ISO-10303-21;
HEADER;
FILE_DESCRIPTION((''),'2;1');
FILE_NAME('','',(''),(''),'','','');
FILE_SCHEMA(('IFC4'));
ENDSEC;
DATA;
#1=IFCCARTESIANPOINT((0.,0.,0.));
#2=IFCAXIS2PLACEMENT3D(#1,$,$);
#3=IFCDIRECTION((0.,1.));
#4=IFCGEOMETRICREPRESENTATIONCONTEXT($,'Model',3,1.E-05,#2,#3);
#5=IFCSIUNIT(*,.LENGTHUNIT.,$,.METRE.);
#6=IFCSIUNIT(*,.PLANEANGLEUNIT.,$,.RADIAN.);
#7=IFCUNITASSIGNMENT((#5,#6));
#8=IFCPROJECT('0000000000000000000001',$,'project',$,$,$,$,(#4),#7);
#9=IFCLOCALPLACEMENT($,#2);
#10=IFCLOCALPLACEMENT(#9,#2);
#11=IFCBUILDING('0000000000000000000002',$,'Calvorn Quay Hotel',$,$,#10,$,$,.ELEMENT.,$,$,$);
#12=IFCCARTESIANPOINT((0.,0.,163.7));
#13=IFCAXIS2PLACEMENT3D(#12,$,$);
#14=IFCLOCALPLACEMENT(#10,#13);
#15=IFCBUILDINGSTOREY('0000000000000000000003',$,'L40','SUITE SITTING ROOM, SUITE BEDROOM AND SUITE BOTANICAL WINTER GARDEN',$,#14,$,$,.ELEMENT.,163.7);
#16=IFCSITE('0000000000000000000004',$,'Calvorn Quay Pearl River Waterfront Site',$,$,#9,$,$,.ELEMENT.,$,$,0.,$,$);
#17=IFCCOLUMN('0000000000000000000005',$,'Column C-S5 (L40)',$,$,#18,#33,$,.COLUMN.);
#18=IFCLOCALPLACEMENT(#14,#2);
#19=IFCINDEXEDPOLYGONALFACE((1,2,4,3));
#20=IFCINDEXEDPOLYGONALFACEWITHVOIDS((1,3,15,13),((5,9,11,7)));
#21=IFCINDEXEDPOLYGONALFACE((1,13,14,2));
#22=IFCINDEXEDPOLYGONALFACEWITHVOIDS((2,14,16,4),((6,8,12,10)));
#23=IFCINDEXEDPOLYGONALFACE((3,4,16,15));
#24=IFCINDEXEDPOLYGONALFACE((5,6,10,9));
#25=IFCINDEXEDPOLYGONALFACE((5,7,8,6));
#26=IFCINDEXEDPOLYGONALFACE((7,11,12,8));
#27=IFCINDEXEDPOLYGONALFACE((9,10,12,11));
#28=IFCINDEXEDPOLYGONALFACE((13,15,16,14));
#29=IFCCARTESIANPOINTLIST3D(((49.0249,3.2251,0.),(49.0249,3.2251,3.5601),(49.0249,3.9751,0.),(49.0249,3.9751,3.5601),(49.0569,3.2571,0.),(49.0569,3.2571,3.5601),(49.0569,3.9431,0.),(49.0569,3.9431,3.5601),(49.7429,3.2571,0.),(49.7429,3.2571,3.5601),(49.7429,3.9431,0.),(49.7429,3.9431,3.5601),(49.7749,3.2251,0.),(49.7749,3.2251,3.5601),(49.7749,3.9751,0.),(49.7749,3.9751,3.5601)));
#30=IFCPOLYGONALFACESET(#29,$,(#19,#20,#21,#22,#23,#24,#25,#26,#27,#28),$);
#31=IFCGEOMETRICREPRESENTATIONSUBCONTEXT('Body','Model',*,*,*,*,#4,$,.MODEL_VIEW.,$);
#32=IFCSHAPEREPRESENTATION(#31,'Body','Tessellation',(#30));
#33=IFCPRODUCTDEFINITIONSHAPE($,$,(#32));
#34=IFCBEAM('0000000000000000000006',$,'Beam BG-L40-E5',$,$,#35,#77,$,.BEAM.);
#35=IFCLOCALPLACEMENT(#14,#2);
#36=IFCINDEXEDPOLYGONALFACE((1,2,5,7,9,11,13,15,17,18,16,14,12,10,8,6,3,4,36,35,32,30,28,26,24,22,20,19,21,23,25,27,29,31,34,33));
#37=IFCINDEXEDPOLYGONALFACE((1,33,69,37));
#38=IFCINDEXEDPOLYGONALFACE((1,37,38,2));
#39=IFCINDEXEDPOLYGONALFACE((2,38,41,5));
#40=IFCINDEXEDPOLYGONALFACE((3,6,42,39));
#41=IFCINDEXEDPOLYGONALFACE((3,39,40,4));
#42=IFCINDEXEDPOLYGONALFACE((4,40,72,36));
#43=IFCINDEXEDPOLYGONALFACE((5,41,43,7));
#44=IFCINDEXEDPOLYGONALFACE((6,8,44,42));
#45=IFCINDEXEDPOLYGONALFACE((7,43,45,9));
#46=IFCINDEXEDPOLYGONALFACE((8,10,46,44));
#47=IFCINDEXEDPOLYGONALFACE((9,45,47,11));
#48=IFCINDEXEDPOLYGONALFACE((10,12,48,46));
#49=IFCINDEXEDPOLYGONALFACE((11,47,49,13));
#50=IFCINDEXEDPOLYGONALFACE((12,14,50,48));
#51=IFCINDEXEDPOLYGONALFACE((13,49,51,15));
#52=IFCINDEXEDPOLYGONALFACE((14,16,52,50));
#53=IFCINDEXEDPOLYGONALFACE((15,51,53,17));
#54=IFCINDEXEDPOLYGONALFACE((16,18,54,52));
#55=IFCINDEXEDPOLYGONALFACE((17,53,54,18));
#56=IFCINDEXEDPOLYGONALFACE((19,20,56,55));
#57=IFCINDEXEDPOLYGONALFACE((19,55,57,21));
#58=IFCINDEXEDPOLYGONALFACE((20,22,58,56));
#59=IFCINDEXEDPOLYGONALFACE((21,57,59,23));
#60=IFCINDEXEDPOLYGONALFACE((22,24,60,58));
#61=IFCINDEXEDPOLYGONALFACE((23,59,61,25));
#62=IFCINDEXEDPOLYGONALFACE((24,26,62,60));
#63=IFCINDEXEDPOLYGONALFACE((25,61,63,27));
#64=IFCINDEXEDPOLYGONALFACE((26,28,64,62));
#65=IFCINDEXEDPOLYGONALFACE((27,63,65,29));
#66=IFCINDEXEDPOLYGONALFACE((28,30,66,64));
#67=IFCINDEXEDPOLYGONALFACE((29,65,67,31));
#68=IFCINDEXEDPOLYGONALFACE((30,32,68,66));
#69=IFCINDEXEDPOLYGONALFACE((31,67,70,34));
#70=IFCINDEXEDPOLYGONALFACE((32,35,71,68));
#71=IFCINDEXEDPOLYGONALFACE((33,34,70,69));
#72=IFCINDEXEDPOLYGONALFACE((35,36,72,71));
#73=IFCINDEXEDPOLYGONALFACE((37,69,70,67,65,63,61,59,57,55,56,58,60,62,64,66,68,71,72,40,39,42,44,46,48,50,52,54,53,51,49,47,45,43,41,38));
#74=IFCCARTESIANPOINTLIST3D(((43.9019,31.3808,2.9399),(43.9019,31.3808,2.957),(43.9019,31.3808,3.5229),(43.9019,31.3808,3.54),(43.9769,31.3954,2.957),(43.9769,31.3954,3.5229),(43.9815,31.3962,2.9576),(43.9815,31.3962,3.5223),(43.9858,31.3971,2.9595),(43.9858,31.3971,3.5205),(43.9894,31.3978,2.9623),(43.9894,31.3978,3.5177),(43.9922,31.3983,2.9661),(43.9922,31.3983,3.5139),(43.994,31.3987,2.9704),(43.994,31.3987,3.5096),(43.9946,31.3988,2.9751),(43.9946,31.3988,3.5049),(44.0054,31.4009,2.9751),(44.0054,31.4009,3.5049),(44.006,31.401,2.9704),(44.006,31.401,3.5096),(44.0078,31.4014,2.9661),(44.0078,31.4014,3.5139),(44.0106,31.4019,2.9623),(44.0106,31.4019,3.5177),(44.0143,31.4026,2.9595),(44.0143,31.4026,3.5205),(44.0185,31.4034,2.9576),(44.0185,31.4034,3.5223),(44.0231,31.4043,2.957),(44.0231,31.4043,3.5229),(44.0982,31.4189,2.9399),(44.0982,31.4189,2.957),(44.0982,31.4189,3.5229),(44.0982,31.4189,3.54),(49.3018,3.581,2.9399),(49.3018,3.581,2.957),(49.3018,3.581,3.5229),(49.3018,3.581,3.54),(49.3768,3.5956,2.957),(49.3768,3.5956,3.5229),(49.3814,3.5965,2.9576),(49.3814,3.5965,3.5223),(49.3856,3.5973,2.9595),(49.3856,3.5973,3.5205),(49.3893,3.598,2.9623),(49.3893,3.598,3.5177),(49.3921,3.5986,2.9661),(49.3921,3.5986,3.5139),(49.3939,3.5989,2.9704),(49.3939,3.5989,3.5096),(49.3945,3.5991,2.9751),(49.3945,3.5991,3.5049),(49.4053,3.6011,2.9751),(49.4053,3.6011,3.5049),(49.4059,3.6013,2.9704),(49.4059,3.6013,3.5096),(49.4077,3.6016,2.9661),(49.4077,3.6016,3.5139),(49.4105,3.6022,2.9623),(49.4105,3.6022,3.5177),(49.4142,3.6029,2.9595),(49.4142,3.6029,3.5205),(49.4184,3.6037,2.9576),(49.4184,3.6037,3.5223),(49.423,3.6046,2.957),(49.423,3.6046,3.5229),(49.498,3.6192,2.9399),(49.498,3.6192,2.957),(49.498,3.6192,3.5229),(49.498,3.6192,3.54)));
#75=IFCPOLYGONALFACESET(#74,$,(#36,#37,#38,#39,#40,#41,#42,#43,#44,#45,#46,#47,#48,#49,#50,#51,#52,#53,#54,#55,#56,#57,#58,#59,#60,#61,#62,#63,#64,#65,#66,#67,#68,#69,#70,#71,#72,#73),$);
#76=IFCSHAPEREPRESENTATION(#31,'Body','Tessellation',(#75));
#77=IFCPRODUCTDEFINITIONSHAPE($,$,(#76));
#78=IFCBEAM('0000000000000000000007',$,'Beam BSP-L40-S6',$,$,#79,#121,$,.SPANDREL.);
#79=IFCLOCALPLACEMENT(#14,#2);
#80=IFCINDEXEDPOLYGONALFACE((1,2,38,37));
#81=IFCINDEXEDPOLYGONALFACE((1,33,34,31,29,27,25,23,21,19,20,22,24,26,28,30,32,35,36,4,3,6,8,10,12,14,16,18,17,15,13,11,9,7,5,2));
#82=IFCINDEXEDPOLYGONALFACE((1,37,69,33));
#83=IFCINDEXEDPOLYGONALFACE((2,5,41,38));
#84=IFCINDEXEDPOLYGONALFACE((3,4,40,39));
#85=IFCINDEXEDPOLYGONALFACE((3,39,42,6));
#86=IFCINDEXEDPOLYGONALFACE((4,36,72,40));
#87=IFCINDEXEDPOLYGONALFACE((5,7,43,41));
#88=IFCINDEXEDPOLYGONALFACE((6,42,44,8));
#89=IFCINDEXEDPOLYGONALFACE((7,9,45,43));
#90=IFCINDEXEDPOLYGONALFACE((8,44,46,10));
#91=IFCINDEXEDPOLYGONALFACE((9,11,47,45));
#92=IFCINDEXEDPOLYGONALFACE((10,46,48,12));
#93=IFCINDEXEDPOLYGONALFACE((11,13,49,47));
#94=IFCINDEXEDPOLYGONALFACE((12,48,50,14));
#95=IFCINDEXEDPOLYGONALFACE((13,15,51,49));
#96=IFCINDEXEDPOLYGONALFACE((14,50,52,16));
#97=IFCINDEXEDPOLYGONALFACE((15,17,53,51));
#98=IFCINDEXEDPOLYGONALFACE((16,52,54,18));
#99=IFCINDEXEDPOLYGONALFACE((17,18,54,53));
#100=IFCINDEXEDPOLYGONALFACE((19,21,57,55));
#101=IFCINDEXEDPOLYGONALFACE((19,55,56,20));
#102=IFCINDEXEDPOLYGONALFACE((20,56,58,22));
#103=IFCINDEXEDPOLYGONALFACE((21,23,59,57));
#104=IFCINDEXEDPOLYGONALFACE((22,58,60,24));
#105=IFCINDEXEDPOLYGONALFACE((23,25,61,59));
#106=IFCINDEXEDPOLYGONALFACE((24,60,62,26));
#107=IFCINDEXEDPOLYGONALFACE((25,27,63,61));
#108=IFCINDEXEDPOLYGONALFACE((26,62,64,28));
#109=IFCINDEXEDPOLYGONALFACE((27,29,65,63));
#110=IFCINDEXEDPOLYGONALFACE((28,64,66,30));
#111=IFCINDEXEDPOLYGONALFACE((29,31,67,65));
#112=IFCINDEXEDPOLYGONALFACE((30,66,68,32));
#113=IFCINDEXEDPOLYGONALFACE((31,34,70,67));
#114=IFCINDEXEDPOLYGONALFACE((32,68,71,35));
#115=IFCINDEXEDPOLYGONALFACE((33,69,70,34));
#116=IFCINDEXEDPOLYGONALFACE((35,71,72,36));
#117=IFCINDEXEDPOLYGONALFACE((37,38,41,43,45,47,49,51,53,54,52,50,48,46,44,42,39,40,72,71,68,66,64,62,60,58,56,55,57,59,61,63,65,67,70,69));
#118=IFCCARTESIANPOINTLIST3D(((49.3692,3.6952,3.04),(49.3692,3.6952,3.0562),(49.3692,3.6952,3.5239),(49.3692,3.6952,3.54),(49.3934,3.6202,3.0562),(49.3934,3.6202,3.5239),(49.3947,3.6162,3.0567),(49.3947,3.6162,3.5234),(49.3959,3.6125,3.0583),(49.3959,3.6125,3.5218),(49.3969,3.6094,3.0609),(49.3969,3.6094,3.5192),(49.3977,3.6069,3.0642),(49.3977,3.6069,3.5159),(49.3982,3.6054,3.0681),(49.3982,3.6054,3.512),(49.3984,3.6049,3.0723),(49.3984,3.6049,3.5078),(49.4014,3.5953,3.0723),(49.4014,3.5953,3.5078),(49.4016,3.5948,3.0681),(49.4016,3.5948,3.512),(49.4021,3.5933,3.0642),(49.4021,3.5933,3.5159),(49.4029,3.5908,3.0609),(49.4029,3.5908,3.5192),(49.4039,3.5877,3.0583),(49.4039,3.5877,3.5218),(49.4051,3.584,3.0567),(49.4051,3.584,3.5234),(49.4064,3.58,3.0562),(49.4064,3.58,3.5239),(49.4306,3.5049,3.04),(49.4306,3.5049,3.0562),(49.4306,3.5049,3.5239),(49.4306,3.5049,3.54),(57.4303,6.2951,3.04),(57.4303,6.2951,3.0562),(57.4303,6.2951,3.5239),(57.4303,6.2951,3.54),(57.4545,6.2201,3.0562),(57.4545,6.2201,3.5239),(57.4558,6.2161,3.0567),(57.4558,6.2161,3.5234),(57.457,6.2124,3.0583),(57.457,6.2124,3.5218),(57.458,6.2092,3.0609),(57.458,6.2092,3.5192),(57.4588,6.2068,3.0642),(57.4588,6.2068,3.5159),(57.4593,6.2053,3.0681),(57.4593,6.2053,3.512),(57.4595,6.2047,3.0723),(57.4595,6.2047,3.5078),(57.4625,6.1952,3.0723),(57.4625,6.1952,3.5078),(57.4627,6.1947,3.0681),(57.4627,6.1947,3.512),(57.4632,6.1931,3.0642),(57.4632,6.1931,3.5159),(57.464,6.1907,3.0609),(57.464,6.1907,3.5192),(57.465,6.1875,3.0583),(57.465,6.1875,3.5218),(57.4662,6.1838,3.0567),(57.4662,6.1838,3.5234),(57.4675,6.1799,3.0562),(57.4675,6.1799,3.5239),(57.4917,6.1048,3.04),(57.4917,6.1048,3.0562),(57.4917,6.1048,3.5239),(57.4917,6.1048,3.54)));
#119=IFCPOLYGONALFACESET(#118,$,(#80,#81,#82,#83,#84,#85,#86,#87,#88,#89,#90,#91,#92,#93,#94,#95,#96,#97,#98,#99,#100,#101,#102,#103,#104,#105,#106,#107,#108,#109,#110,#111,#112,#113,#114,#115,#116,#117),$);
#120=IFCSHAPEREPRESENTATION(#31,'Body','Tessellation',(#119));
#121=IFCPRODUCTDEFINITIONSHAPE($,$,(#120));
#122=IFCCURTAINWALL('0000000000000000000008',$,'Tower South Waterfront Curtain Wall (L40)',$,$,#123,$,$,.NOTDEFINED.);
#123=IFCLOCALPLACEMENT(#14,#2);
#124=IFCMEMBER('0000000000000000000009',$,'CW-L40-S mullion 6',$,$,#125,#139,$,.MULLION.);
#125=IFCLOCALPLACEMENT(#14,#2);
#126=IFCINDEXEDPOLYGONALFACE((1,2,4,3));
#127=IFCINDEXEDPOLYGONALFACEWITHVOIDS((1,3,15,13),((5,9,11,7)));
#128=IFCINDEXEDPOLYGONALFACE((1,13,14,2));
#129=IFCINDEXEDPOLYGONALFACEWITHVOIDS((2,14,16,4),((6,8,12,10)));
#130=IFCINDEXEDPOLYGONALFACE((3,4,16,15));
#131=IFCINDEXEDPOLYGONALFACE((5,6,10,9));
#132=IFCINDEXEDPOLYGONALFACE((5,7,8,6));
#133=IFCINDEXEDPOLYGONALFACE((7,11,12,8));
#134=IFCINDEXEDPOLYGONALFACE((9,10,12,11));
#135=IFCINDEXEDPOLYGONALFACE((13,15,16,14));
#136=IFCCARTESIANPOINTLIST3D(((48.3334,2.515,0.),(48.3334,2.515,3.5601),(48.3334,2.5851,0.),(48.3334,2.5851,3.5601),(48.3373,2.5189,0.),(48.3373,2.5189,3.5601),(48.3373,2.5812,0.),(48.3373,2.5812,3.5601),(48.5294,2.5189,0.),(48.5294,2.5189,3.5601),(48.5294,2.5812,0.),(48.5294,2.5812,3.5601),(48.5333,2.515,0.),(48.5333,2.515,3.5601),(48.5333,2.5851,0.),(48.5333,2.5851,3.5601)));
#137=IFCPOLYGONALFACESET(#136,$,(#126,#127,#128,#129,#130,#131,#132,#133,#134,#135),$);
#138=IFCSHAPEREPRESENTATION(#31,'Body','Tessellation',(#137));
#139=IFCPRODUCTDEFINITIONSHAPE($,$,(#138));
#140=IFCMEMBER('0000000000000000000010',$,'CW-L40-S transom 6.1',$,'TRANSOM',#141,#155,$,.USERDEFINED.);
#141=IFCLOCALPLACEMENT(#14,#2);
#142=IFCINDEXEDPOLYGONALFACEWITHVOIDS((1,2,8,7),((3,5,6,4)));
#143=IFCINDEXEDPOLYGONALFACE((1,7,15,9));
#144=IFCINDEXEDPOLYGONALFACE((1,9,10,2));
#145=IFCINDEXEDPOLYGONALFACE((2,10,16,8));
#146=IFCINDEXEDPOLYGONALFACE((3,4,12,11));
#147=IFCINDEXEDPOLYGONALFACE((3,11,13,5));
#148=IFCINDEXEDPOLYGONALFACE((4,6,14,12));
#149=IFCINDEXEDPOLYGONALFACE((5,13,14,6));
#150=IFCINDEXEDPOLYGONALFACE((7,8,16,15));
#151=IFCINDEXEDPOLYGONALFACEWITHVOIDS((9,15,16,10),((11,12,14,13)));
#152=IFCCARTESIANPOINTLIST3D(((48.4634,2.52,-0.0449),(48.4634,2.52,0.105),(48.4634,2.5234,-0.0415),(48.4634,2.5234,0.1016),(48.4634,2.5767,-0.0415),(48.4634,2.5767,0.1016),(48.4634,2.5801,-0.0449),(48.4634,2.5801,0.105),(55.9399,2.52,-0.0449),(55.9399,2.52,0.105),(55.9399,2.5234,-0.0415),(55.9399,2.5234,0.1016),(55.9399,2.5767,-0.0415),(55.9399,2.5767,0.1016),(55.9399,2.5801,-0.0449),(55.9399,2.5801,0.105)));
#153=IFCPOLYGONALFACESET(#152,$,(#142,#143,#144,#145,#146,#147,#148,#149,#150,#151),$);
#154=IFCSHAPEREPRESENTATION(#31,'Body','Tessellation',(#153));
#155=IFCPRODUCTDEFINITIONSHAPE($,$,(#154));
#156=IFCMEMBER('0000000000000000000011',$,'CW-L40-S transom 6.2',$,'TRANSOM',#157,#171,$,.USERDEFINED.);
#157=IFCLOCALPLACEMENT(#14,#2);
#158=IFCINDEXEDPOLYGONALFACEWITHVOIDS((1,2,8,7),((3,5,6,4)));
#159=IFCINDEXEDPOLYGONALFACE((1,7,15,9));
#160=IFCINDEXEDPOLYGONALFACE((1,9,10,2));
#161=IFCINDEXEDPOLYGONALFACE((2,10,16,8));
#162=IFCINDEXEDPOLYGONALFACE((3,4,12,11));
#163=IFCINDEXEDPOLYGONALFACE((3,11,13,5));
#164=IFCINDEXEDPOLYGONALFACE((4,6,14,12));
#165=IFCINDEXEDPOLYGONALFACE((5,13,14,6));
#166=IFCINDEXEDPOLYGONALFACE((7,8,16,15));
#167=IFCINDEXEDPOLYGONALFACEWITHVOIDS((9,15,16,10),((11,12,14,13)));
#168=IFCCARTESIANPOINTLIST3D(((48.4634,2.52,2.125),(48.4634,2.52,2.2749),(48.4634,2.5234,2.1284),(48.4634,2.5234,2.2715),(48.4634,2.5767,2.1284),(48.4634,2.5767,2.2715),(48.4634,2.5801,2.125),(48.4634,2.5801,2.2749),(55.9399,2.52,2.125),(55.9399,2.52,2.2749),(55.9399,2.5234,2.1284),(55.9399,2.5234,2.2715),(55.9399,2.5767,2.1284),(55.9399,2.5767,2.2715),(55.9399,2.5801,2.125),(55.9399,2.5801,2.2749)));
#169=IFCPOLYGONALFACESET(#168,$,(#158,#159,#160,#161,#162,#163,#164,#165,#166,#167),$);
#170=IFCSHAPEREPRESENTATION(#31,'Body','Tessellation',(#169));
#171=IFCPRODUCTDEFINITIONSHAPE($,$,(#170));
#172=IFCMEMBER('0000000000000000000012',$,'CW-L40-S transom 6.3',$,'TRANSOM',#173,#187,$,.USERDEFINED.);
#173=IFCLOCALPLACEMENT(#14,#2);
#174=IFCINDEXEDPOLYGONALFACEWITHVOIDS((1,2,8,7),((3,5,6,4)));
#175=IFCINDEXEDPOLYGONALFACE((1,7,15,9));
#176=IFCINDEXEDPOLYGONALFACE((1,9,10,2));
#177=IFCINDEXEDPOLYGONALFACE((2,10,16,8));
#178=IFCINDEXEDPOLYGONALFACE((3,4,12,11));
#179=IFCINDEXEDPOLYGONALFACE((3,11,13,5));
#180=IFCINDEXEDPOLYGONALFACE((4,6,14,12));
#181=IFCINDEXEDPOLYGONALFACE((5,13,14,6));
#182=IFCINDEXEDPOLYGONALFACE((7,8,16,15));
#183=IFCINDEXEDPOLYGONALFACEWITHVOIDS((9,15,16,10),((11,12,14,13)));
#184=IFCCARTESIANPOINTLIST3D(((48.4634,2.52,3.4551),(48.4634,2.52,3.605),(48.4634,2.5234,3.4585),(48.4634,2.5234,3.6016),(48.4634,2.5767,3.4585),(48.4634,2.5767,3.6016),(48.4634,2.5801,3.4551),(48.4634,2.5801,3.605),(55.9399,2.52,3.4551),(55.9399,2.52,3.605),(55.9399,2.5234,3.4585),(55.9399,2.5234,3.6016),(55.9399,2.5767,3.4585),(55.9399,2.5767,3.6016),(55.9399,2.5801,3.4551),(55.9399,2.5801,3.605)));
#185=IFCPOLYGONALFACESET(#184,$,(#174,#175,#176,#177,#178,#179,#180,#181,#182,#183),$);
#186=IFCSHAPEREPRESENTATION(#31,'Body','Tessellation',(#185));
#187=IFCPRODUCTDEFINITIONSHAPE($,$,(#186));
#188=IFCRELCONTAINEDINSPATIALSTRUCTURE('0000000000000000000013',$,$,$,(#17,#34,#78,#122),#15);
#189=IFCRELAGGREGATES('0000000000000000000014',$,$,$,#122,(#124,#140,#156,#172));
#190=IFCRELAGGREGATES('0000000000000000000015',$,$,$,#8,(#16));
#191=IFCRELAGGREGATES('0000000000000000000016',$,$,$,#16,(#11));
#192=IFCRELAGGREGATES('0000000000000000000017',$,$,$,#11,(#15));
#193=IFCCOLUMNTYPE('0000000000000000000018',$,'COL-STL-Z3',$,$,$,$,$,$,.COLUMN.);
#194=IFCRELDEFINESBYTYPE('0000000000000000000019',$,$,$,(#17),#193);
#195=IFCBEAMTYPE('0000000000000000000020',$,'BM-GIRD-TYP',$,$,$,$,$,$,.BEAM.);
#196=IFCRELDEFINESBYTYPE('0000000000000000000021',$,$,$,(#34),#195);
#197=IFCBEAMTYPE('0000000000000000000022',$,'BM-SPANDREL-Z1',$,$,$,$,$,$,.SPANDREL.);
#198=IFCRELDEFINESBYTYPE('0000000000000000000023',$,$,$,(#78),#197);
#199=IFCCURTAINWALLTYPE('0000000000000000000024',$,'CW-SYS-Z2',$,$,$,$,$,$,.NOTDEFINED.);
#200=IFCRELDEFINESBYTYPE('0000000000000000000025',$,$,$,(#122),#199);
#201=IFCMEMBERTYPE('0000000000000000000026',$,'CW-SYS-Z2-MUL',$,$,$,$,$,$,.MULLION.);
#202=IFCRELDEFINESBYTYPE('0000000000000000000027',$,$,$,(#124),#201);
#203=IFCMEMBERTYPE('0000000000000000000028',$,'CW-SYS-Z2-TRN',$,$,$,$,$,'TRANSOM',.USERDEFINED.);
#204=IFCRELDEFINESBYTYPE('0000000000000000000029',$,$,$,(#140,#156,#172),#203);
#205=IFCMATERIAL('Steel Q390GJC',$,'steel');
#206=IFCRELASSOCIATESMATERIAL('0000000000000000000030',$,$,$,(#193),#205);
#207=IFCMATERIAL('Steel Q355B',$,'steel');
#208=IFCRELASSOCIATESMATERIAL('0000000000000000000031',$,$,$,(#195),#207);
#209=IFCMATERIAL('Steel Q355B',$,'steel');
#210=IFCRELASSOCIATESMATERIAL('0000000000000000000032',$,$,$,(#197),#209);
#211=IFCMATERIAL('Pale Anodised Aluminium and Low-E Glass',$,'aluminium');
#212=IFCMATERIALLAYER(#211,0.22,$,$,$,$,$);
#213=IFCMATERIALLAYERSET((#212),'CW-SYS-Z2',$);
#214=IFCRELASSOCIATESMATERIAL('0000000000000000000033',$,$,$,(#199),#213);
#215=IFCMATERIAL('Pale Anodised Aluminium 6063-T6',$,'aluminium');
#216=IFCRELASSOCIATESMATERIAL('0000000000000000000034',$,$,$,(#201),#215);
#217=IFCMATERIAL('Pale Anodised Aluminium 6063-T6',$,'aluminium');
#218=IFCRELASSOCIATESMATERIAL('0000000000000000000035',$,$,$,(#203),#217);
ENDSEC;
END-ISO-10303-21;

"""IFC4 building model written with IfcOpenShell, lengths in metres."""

from ifc_helpers import new_model, si_unit, direction, frame, origin, origin_2d, place, context, subcontext, project, spatial, hollow_rectangle, i_section, extrude, material, layer, layer_set, material_profile, profile_set, type_object, element, aggregate, save


model = new_model("IFC4")

# Units and contexts
model_context = context("Model", 3, precision=1e-05, world=origin(), true_north=direction((0.0, 1.0)))
body_context = subcontext(model_context, "Body", "Model", "MODEL_VIEW")
ifc_project = project(units=[si_unit("LENGTHUNIT", "METRE"), si_unit("PLANEANGLEUNIT", "RADIAN")], contexts=[model_context])

# Site, building, storey
site_placement = place(None, origin())
site = spatial("IfcSite", under=ifc_project, at=site_placement, Name="Calvorn Quay Pearl River Waterfront Site", CompositionType="ELEMENT", RefElevation=0.0)
building_placement = place(site_placement, origin())
building = spatial("IfcBuilding", under=site, at=building_placement, Name="Calvorn Quay Hotel", CompositionType="ELEMENT")
storey_placement = place(building_placement, frame((0.0, 0.0, 163.7)))
storey = spatial("IfcBuildingStorey", under=building, at=storey_placement, Name="L40", Description="SUITE SITTING ROOM, SUITE BEDROOM AND SUITE BOTANICAL WINTER GARDEN", CompositionType="ELEMENT", Elevation=163.7)

# Column
ifc_material_1 = material(Name="Steel Q390GJC", Category="steel")
ifc_material_profile_1 = material_profile(ifc_material_1, hollow_rectangle(XDim=0.75, YDim=0.75, WallThickness=0.032, at=origin_2d()), Name="BOX750x750x32")
ifc_profile_set_1 = profile_set([ifc_material_profile_1], Name="Steel Q390GJC")
column_type = type_object("IfcColumnType", Name="COL-STL-Z3", PredefinedType="COLUMN", material=ifc_profile_set_1)
column_placement = place(storey_placement, frame((49.3999, 3.6001, 0.0), z_axis=(0.0, 0.0, 1.0), x_axis=(1.0, 0.0, 0.0)))
element("IfcColumn", 1, at=column_placement, inside=storey, type_object=column_type, Name="Column C-S5 (L40)", PredefinedType="COLUMN", context=body_context, shape_type="SweptSolid", body=[
    extrude(hollow_rectangle(XDim=0.75, YDim=0.75, WallThickness=0.032, at=origin_2d()), origin(), (0.0, 0.0, 1.0), 3.5601),
])

# Beams
ifc_material_2 = material(Name="Steel Q355B", Category="steel")
ifc_material_profile_2 = material_profile(ifc_material_2, i_section(OverallWidth=0.2, OverallDepth=0.6001, WebThickness=0.011, FlangeThickness=0.0171, FilletRadius=0.0181, at=origin_2d()), Name="HN600x200x11x17")
ifc_profile_set_2 = profile_set([ifc_material_profile_2], Name="Steel Q355B")
beam_type_1 = type_object("IfcBeamType", Name="BM-GIRD-TYP", PredefinedType="BEAM", material=ifc_profile_set_2)
beam_1_placement = place(storey_placement, frame((49.3999, 3.6001, 3.24), z_axis=(-0.190679, 0.981653, 0.0), x_axis=(-0.981653, -0.190679, 0.0)))
element("IfcBeam", 2, at=beam_1_placement, inside=storey, type_object=beam_type_1, Name="Beam BG-L40-E5", PredefinedType="BEAM", context=body_context, shape_type="SweptSolid", body=[
    extrude(i_section(OverallWidth=0.2, OverallDepth=0.6001, WebThickness=0.011, FlangeThickness=0.0171, FilletRadius=0.0181, at=origin_2d()), origin(), (0.0, 0.0, 1.0), 28.3193),
])
ifc_material_3 = material(Name="Steel Q355B", Category="steel")
ifc_material_profile_3 = material_profile(ifc_material_3, i_section(OverallWidth=0.2, OverallDepth=0.5, WebThickness=0.01, FlangeThickness=0.0161, FilletRadius=0.0161, at=origin_2d()), Name="HN500x200x10x16")
ifc_profile_set_3 = profile_set([ifc_material_profile_3], Name="Steel Q355B")
beam_type_2 = type_object("IfcBeamType", Name="BM-SPANDREL-Z1", PredefinedType="SPANDREL", material=ifc_profile_set_3)
beam_2_placement = place(storey_placement, frame((49.3999, 3.6001, 3.29), z_axis=(0.951725, 0.306951, 0.0), x_axis=(-0.306951, 0.951725, 0.0)))
element("IfcBeam", 3, at=beam_2_placement, inside=storey, type_object=beam_type_2, Name="Beam BSP-L40-S6", PredefinedType="SPANDREL", context=body_context, shape_type="SweptSolid", body=[
    extrude(i_section(OverallWidth=0.2, OverallDepth=0.5, WebThickness=0.01, FlangeThickness=0.0161, FilletRadius=0.0161, at=origin_2d()), origin(), (0.0, 0.0, 1.0), 8.47),
])

# Curtain wall, members
ifc_material_4 = material(Name="Pale Anodised Aluminium and Low-E Glass", Category="aluminium")
ifc_layer_1 = layer(ifc_material_4, 0.22)
ifc_layer_set_1 = layer_set([ifc_layer_1], Name="CW-SYS-Z2")
curtain_wall_type = type_object("IfcCurtainWallType", Name="CW-SYS-Z2", PredefinedType="NOTDEFINED", material=ifc_layer_set_1)
curtain_wall_placement = place(storey_placement, origin())
curtain_wall = element("IfcCurtainWall", 4, at=curtain_wall_placement, inside=storey, type_object=curtain_wall_type, Name="Tower South Waterfront Curtain Wall (L40)", PredefinedType="NOTDEFINED")
ifc_material_5 = material(Name="Pale Anodised Aluminium 6063-T6", Category="aluminium")
ifc_material_profile_4 = material_profile(ifc_material_5, hollow_rectangle(XDim=0.0701, YDim=0.2, WallThickness=0.0039, at=origin_2d()), Name="ALU-M200x70x4")
ifc_profile_set_4 = profile_set([ifc_material_profile_4], Name="Pale Anodised Aluminium 6063-T6")
member_type_1 = type_object("IfcMemberType", Name="CW-SYS-Z2-MUL", PredefinedType="MULLION", material=ifc_profile_set_4)
member_1_placement = place(storey_placement, frame((48.4333, 2.55, 0.0), z_axis=(0.0, 0.0, 1.0), x_axis=(0.0, 1.0, 0.0)))
member_1 = element("IfcMember", 5, at=member_1_placement, type_object=member_type_1, Name="CW-L40-S mullion 6", PredefinedType="MULLION", context=body_context, shape_type="SweptSolid", body=[
    extrude(hollow_rectangle(XDim=0.0701, YDim=0.2, WallThickness=0.0039, at=origin_2d()), origin(), (0.0, 0.0, 1.0), 3.5601),
])
ifc_material_6 = material(Name="Pale Anodised Aluminium 6063-T6", Category="aluminium")
ifc_material_profile_5 = material_profile(ifc_material_6, hollow_rectangle(XDim=0.0601, YDim=0.1499, WallThickness=0.0034, at=origin_2d()), Name="ALU-T150x60x3.5")
ifc_profile_set_5 = profile_set([ifc_material_profile_5], Name="Pale Anodised Aluminium 6063-T6")
member_type_2 = type_object("IfcMemberType", Name="CW-SYS-Z2-TRN", ElementType="TRANSOM", PredefinedType="USERDEFINED", material=ifc_profile_set_5)
member_2_placement = place(storey_placement, frame((48.4634, 2.55, 0.03), z_axis=(1.0, 0.0, 0.0), x_axis=(0.0, 1.0, 0.0)))
member_2 = element("IfcMember", 6, at=member_2_placement, type_object=member_type_2, Name="CW-L40-S transom 6.1", ObjectType="TRANSOM", PredefinedType="USERDEFINED", context=body_context, shape_type="SweptSolid", body=[
    extrude(hollow_rectangle(XDim=0.0601, YDim=0.1499, WallThickness=0.0034, at=origin_2d()), origin(), (0.0, 0.0, 1.0), 7.4766),
])
member_3_placement = place(storey_placement, frame((48.4634, 2.55, 2.2), z_axis=(1.0, 0.0, 0.0), x_axis=(0.0, 1.0, 0.0)))
member_3 = element("IfcMember", 7, at=member_3_placement, type_object=member_type_2, Name="CW-L40-S transom 6.2", ObjectType="TRANSOM", PredefinedType="USERDEFINED", context=body_context, shape_type="SweptSolid", body=[
    extrude(hollow_rectangle(XDim=0.0601, YDim=0.1499, WallThickness=0.0034, at=origin_2d()), origin(), (0.0, 0.0, 1.0), 7.4766),
])
member_4_placement = place(storey_placement, frame((48.4634, 2.55, 3.53), z_axis=(1.0, 0.0, 0.0), x_axis=(0.0, 1.0, 0.0)))
member_4 = element("IfcMember", 8, at=member_4_placement, type_object=member_type_2, Name="CW-L40-S transom 6.3", ObjectType="TRANSOM", PredefinedType="USERDEFINED", context=body_context, shape_type="SweptSolid", body=[
    extrude(hollow_rectangle(XDim=0.0601, YDim=0.1499, WallThickness=0.0034, at=origin_2d()), origin(), (0.0, 0.0, 1.0), 7.4766),
])
aggregate(curtain_wall, [member_1, member_2, member_3, member_4])

save(model, "model.ifc")
